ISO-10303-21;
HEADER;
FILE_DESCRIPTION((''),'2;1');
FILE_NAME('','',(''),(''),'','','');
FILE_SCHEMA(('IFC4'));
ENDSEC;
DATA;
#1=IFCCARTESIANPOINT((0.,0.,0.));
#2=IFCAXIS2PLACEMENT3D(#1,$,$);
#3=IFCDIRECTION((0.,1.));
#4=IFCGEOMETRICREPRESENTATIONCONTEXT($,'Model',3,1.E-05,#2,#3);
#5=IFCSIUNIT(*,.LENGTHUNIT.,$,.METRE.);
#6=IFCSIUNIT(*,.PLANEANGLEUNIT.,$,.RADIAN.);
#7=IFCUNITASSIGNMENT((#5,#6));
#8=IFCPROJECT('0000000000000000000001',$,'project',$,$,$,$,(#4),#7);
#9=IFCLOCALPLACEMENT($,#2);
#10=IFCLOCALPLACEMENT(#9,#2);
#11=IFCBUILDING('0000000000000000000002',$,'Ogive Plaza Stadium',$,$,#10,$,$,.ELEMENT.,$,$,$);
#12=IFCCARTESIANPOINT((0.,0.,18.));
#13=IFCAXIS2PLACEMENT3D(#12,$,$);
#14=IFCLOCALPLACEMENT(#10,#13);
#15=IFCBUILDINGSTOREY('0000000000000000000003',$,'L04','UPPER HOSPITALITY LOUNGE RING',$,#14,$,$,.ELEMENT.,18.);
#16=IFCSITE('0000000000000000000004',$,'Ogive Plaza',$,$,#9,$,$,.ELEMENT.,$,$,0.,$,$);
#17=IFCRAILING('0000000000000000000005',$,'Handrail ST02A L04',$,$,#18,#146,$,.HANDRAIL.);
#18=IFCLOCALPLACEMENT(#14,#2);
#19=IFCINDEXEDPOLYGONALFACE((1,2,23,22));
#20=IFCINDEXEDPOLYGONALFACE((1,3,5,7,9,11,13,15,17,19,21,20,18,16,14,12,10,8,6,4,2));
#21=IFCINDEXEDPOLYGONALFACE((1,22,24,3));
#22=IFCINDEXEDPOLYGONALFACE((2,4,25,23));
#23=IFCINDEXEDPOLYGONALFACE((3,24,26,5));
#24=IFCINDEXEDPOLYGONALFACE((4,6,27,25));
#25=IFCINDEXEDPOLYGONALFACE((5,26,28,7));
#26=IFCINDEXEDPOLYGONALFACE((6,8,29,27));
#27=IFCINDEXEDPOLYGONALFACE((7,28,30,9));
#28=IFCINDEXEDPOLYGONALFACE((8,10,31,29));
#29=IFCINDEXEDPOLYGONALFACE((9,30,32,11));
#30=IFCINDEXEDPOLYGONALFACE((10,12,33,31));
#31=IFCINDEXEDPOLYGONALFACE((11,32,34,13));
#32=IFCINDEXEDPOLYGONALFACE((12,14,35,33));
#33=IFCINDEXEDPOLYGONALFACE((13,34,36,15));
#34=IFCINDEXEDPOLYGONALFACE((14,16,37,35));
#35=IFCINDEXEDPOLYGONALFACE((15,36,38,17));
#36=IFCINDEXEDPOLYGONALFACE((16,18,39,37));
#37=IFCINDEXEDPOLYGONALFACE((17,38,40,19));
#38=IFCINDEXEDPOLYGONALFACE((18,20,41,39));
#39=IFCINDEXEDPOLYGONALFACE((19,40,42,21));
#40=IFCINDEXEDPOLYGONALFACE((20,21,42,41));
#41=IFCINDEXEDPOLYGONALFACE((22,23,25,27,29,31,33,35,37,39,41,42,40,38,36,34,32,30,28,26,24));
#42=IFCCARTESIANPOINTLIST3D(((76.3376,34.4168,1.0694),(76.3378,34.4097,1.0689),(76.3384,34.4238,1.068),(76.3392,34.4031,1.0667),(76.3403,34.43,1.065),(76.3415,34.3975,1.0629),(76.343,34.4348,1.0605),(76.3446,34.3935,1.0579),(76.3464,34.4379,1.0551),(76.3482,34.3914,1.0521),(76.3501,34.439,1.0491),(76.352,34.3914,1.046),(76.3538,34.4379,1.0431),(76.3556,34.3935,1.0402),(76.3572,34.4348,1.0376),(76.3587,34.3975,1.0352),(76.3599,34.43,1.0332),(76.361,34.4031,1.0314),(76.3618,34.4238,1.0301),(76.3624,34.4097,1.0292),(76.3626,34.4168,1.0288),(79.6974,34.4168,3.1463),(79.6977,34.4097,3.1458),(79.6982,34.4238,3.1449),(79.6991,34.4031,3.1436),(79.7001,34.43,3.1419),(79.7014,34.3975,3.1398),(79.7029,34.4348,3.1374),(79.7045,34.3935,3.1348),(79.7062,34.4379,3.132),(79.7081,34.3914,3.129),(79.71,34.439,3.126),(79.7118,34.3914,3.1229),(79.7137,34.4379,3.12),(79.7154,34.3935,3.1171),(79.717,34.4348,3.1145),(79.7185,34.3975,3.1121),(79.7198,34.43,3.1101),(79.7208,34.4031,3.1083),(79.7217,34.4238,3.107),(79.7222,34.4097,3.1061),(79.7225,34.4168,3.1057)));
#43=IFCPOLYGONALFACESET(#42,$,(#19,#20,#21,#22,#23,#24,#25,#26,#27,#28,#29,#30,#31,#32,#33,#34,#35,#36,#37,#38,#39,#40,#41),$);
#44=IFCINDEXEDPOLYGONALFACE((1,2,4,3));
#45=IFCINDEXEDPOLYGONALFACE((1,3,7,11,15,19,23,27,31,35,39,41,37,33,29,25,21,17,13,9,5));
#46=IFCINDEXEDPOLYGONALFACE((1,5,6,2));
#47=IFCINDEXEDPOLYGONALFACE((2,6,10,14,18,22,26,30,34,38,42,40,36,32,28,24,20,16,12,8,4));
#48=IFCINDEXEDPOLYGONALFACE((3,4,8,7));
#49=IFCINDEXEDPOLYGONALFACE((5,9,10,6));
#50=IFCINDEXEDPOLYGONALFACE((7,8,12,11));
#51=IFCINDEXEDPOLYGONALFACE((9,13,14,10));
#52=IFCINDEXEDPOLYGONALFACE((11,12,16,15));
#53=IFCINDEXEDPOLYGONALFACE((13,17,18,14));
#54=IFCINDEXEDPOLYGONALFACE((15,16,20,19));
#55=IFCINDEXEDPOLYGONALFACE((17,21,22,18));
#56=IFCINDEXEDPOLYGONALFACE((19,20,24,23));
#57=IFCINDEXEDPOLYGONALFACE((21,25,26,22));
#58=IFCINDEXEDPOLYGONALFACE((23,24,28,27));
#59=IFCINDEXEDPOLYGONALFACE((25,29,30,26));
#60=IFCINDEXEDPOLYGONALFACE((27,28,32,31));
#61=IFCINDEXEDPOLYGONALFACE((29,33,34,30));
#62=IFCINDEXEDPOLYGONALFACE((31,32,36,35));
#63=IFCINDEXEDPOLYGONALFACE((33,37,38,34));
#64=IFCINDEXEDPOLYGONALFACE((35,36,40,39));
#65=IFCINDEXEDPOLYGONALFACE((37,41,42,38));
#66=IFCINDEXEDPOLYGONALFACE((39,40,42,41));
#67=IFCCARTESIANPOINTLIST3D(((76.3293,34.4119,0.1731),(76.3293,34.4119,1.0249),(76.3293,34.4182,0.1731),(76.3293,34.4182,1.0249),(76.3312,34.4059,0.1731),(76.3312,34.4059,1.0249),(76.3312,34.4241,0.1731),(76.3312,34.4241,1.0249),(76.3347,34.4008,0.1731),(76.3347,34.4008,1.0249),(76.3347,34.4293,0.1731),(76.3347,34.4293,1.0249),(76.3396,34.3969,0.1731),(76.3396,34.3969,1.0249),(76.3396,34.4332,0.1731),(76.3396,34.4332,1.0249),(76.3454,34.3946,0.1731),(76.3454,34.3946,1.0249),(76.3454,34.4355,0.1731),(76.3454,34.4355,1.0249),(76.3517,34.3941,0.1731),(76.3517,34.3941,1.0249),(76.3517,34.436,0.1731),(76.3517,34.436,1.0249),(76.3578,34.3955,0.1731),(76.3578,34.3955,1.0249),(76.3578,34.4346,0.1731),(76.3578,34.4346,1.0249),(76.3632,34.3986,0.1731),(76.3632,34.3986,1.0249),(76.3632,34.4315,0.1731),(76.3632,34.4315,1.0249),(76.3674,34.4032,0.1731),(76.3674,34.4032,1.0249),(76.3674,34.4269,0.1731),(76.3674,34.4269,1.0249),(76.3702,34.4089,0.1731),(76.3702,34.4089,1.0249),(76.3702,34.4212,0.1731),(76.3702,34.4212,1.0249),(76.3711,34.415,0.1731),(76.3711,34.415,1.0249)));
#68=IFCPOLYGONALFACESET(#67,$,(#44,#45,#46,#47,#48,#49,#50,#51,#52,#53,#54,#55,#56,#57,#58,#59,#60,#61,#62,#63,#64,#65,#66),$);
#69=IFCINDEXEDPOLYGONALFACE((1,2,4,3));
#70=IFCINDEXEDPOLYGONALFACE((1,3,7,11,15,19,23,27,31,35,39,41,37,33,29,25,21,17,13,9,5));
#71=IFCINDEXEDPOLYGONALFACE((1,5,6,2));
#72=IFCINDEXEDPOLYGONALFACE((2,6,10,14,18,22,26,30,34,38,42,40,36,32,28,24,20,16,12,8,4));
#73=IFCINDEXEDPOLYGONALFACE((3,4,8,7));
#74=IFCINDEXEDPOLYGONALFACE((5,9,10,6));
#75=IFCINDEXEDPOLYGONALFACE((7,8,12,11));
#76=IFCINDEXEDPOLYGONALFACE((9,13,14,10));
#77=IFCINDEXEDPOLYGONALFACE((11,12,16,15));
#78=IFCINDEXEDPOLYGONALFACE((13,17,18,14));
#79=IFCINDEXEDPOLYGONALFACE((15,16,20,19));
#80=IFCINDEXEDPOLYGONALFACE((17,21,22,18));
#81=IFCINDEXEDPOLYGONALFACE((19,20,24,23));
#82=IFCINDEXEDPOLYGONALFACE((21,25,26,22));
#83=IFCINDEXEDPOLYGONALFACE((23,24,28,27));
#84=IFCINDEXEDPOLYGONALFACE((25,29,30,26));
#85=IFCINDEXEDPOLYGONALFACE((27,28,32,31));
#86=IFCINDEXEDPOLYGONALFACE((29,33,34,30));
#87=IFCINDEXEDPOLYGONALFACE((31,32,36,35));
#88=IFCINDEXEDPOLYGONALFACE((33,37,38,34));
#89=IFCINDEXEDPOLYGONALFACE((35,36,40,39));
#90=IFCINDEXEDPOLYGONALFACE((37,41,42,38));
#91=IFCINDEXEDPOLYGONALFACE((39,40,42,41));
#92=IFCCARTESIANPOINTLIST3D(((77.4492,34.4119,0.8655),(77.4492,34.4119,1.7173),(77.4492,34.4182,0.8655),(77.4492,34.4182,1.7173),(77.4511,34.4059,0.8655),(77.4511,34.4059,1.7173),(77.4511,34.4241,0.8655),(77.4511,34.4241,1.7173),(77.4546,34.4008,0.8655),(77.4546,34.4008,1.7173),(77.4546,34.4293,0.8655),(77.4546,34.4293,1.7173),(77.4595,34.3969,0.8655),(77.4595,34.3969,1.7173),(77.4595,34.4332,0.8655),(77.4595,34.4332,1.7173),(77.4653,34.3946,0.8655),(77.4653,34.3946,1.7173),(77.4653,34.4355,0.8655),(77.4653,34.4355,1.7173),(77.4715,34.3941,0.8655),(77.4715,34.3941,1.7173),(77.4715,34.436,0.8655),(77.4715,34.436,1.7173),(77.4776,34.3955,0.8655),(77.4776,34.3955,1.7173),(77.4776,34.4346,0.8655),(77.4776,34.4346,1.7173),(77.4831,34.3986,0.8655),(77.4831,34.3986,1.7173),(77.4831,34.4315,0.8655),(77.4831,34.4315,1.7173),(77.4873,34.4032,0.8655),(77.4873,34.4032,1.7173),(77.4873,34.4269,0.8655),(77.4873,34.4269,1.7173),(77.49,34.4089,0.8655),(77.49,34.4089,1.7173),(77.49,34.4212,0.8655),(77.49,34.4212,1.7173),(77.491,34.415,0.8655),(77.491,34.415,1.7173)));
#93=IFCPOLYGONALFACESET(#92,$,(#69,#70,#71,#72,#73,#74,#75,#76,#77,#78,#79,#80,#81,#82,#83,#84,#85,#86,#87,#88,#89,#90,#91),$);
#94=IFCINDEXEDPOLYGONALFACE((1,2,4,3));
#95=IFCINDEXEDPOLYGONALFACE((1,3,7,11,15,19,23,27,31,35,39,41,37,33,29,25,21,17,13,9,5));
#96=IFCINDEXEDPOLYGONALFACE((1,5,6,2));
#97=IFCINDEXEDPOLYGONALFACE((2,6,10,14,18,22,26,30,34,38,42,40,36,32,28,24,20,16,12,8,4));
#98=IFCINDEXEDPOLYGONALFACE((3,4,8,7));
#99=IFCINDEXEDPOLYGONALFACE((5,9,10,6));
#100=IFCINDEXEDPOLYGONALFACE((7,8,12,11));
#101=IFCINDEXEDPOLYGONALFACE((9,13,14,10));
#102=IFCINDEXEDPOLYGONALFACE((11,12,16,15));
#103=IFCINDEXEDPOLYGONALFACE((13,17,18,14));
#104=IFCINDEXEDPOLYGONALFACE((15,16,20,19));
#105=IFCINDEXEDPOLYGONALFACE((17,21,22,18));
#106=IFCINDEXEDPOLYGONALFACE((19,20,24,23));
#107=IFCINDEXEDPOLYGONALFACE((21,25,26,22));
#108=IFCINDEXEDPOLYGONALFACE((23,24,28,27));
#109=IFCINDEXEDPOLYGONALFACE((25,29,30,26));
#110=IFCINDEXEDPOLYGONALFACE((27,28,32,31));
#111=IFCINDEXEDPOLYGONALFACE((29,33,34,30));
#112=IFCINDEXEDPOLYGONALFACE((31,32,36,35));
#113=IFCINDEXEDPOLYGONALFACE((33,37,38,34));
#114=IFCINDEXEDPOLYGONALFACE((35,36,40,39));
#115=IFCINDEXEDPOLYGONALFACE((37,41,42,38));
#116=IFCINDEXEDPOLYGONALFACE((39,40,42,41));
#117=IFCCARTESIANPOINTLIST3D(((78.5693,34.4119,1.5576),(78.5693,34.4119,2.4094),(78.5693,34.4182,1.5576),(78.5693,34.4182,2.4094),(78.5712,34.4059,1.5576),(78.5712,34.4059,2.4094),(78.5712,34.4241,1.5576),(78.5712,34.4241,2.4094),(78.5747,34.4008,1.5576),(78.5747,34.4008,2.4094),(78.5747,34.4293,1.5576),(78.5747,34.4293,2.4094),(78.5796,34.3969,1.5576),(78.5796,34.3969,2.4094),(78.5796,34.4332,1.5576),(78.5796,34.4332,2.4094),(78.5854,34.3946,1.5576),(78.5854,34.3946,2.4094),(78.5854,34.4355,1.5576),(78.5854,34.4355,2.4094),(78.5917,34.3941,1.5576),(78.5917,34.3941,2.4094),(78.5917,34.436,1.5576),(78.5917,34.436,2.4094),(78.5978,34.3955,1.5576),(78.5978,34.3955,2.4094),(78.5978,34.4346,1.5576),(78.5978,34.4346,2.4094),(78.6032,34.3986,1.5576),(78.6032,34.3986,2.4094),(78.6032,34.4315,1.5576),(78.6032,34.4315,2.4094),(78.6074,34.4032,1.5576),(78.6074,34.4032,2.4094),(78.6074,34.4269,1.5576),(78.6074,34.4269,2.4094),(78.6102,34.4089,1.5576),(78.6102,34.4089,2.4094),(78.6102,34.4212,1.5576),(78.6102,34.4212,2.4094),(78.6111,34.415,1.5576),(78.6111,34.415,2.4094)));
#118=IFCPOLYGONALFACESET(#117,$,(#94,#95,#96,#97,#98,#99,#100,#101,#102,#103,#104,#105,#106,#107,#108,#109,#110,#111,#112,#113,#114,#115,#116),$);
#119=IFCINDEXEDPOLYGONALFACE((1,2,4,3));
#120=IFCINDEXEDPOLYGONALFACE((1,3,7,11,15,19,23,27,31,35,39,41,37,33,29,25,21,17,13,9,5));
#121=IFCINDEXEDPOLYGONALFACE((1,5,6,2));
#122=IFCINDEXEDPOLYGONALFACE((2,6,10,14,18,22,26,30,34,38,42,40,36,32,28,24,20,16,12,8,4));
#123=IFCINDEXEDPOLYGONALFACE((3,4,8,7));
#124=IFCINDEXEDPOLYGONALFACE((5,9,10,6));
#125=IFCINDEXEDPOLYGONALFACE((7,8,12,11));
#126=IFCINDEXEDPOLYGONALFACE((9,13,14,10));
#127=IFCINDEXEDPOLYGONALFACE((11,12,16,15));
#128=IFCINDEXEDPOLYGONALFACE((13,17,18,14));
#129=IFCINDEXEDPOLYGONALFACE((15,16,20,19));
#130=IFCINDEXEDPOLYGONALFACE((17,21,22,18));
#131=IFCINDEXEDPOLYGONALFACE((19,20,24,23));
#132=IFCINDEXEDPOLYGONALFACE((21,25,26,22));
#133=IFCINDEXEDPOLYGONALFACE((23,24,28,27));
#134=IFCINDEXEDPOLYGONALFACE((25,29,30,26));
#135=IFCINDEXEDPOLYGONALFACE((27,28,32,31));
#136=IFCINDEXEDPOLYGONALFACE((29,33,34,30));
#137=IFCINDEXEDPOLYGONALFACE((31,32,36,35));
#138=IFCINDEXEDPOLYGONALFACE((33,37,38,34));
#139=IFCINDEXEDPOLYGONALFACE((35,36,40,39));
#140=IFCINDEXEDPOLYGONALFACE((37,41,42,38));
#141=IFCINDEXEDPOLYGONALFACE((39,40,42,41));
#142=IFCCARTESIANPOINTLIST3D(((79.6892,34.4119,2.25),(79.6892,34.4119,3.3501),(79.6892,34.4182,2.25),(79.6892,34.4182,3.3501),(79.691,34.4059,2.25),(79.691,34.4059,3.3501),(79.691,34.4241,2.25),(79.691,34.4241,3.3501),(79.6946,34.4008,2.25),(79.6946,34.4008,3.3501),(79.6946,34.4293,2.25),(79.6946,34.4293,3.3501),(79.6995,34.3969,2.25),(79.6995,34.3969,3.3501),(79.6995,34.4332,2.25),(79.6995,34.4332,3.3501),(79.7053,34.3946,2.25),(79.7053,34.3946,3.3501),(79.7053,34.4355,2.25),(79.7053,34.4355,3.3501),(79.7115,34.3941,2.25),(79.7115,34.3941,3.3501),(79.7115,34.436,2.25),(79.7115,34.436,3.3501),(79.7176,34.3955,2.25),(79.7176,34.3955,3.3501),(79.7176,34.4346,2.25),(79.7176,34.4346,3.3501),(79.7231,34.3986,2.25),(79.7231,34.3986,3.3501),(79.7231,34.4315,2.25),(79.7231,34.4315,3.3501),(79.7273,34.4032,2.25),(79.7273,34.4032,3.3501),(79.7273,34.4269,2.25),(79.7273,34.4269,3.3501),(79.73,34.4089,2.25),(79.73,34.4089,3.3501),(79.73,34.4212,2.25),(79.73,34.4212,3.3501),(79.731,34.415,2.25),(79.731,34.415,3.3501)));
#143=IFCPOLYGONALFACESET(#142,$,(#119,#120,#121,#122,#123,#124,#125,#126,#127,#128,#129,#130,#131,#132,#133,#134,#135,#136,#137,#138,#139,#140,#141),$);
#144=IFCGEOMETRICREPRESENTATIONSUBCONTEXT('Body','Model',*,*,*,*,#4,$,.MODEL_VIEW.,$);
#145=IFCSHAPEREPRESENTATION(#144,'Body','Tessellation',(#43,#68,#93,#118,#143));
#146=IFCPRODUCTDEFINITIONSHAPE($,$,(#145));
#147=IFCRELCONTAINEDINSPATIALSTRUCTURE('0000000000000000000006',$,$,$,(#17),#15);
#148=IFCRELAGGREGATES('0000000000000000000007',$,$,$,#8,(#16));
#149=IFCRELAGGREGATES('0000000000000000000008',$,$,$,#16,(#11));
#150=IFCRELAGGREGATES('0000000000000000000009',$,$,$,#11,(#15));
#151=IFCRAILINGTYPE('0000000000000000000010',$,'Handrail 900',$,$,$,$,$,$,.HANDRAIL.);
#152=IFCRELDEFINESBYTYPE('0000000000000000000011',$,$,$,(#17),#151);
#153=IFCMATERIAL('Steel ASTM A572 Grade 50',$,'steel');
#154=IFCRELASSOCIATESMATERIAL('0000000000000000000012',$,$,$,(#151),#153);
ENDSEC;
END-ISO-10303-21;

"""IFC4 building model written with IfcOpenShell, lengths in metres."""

from ifc_helpers import new_model, si_unit, direction, frame, origin, origin_2d, place, context, subcontext, project, spatial, circle, extrude, material, type_object, element, save


model = new_model("IFC4")

# Units and contexts
model_context = context("Model", 3, precision=1e-05, world=origin(), true_north=direction((0.0, 1.0)))
body_context = subcontext(model_context, "Body", "Model", "MODEL_VIEW")
ifc_project = project(units=[si_unit("LENGTHUNIT", "METRE"), si_unit("PLANEANGLEUNIT", "RADIAN")], contexts=[model_context])

# Site, building, storey
site_placement = place(None, origin())
site = spatial("IfcSite", under=ifc_project, at=site_placement, Name="Ogive Plaza", CompositionType="ELEMENT", RefElevation=0.0)
building_placement = place(site_placement, origin())
building = spatial("IfcBuilding", under=site, at=building_placement, Name="Ogive Plaza Stadium", CompositionType="ELEMENT")
storey_placement = place(building_placement, frame((0.0, 0.0, 18.0)))
storey = spatial("IfcBuildingStorey", under=building, at=storey_placement, Name="L04", Description="UPPER HOSPITALITY LOUNGE RING", CompositionType="ELEMENT", Elevation=18.0)

# Railing
ifc_material_1 = material(Name="Steel ASTM A572 Grade 50", Category="steel")
railing_type_1 = type_object("IfcRailingType", Name="Handrail 900", PredefinedType="HANDRAIL", material=ifc_material_1)
for number, where, name in (
    (1, (76.3501, 34.415, 0.1731), "Handrail ST02A L04"),
):
    element("IfcRailing", number, at=place(storey_placement, frame(where)), inside=storey, type_object=railing_type_1, Name=name, PredefinedType="HANDRAIL", context=body_context, shape_type="SweptSolid", body=[
        extrude(circle(Radius=0.0239, at=origin_2d()), frame((0.0, 0.0, 0.876), z_axis=(0.850606, 0.0, 0.525803), x_axis=(0.0, 1.0, 0.0)), (0.0, 0.0, 1.0), 3.95),
        extrude(circle(Radius=0.021, at=origin_2d()), origin(), (0.0, 0.0, 1.0), 0.8518),
        extrude(circle(Radius=0.021, at=origin_2d()), frame((1.1199, 0.0, 0.6924)), (0.0, 0.0, 1.0), 0.8518),
        extrude(circle(Radius=0.021, at=origin_2d()), frame((2.24, 0.0, 1.3845)), (0.0, 0.0, 1.0), 0.8518),
        extrude(circle(Radius=0.021, at=origin_2d()), frame((3.3599, 0.0, 2.0769)), (0.0, 0.0, 1.0), 1.1001),
    ])

save(model, "model.ifc")
